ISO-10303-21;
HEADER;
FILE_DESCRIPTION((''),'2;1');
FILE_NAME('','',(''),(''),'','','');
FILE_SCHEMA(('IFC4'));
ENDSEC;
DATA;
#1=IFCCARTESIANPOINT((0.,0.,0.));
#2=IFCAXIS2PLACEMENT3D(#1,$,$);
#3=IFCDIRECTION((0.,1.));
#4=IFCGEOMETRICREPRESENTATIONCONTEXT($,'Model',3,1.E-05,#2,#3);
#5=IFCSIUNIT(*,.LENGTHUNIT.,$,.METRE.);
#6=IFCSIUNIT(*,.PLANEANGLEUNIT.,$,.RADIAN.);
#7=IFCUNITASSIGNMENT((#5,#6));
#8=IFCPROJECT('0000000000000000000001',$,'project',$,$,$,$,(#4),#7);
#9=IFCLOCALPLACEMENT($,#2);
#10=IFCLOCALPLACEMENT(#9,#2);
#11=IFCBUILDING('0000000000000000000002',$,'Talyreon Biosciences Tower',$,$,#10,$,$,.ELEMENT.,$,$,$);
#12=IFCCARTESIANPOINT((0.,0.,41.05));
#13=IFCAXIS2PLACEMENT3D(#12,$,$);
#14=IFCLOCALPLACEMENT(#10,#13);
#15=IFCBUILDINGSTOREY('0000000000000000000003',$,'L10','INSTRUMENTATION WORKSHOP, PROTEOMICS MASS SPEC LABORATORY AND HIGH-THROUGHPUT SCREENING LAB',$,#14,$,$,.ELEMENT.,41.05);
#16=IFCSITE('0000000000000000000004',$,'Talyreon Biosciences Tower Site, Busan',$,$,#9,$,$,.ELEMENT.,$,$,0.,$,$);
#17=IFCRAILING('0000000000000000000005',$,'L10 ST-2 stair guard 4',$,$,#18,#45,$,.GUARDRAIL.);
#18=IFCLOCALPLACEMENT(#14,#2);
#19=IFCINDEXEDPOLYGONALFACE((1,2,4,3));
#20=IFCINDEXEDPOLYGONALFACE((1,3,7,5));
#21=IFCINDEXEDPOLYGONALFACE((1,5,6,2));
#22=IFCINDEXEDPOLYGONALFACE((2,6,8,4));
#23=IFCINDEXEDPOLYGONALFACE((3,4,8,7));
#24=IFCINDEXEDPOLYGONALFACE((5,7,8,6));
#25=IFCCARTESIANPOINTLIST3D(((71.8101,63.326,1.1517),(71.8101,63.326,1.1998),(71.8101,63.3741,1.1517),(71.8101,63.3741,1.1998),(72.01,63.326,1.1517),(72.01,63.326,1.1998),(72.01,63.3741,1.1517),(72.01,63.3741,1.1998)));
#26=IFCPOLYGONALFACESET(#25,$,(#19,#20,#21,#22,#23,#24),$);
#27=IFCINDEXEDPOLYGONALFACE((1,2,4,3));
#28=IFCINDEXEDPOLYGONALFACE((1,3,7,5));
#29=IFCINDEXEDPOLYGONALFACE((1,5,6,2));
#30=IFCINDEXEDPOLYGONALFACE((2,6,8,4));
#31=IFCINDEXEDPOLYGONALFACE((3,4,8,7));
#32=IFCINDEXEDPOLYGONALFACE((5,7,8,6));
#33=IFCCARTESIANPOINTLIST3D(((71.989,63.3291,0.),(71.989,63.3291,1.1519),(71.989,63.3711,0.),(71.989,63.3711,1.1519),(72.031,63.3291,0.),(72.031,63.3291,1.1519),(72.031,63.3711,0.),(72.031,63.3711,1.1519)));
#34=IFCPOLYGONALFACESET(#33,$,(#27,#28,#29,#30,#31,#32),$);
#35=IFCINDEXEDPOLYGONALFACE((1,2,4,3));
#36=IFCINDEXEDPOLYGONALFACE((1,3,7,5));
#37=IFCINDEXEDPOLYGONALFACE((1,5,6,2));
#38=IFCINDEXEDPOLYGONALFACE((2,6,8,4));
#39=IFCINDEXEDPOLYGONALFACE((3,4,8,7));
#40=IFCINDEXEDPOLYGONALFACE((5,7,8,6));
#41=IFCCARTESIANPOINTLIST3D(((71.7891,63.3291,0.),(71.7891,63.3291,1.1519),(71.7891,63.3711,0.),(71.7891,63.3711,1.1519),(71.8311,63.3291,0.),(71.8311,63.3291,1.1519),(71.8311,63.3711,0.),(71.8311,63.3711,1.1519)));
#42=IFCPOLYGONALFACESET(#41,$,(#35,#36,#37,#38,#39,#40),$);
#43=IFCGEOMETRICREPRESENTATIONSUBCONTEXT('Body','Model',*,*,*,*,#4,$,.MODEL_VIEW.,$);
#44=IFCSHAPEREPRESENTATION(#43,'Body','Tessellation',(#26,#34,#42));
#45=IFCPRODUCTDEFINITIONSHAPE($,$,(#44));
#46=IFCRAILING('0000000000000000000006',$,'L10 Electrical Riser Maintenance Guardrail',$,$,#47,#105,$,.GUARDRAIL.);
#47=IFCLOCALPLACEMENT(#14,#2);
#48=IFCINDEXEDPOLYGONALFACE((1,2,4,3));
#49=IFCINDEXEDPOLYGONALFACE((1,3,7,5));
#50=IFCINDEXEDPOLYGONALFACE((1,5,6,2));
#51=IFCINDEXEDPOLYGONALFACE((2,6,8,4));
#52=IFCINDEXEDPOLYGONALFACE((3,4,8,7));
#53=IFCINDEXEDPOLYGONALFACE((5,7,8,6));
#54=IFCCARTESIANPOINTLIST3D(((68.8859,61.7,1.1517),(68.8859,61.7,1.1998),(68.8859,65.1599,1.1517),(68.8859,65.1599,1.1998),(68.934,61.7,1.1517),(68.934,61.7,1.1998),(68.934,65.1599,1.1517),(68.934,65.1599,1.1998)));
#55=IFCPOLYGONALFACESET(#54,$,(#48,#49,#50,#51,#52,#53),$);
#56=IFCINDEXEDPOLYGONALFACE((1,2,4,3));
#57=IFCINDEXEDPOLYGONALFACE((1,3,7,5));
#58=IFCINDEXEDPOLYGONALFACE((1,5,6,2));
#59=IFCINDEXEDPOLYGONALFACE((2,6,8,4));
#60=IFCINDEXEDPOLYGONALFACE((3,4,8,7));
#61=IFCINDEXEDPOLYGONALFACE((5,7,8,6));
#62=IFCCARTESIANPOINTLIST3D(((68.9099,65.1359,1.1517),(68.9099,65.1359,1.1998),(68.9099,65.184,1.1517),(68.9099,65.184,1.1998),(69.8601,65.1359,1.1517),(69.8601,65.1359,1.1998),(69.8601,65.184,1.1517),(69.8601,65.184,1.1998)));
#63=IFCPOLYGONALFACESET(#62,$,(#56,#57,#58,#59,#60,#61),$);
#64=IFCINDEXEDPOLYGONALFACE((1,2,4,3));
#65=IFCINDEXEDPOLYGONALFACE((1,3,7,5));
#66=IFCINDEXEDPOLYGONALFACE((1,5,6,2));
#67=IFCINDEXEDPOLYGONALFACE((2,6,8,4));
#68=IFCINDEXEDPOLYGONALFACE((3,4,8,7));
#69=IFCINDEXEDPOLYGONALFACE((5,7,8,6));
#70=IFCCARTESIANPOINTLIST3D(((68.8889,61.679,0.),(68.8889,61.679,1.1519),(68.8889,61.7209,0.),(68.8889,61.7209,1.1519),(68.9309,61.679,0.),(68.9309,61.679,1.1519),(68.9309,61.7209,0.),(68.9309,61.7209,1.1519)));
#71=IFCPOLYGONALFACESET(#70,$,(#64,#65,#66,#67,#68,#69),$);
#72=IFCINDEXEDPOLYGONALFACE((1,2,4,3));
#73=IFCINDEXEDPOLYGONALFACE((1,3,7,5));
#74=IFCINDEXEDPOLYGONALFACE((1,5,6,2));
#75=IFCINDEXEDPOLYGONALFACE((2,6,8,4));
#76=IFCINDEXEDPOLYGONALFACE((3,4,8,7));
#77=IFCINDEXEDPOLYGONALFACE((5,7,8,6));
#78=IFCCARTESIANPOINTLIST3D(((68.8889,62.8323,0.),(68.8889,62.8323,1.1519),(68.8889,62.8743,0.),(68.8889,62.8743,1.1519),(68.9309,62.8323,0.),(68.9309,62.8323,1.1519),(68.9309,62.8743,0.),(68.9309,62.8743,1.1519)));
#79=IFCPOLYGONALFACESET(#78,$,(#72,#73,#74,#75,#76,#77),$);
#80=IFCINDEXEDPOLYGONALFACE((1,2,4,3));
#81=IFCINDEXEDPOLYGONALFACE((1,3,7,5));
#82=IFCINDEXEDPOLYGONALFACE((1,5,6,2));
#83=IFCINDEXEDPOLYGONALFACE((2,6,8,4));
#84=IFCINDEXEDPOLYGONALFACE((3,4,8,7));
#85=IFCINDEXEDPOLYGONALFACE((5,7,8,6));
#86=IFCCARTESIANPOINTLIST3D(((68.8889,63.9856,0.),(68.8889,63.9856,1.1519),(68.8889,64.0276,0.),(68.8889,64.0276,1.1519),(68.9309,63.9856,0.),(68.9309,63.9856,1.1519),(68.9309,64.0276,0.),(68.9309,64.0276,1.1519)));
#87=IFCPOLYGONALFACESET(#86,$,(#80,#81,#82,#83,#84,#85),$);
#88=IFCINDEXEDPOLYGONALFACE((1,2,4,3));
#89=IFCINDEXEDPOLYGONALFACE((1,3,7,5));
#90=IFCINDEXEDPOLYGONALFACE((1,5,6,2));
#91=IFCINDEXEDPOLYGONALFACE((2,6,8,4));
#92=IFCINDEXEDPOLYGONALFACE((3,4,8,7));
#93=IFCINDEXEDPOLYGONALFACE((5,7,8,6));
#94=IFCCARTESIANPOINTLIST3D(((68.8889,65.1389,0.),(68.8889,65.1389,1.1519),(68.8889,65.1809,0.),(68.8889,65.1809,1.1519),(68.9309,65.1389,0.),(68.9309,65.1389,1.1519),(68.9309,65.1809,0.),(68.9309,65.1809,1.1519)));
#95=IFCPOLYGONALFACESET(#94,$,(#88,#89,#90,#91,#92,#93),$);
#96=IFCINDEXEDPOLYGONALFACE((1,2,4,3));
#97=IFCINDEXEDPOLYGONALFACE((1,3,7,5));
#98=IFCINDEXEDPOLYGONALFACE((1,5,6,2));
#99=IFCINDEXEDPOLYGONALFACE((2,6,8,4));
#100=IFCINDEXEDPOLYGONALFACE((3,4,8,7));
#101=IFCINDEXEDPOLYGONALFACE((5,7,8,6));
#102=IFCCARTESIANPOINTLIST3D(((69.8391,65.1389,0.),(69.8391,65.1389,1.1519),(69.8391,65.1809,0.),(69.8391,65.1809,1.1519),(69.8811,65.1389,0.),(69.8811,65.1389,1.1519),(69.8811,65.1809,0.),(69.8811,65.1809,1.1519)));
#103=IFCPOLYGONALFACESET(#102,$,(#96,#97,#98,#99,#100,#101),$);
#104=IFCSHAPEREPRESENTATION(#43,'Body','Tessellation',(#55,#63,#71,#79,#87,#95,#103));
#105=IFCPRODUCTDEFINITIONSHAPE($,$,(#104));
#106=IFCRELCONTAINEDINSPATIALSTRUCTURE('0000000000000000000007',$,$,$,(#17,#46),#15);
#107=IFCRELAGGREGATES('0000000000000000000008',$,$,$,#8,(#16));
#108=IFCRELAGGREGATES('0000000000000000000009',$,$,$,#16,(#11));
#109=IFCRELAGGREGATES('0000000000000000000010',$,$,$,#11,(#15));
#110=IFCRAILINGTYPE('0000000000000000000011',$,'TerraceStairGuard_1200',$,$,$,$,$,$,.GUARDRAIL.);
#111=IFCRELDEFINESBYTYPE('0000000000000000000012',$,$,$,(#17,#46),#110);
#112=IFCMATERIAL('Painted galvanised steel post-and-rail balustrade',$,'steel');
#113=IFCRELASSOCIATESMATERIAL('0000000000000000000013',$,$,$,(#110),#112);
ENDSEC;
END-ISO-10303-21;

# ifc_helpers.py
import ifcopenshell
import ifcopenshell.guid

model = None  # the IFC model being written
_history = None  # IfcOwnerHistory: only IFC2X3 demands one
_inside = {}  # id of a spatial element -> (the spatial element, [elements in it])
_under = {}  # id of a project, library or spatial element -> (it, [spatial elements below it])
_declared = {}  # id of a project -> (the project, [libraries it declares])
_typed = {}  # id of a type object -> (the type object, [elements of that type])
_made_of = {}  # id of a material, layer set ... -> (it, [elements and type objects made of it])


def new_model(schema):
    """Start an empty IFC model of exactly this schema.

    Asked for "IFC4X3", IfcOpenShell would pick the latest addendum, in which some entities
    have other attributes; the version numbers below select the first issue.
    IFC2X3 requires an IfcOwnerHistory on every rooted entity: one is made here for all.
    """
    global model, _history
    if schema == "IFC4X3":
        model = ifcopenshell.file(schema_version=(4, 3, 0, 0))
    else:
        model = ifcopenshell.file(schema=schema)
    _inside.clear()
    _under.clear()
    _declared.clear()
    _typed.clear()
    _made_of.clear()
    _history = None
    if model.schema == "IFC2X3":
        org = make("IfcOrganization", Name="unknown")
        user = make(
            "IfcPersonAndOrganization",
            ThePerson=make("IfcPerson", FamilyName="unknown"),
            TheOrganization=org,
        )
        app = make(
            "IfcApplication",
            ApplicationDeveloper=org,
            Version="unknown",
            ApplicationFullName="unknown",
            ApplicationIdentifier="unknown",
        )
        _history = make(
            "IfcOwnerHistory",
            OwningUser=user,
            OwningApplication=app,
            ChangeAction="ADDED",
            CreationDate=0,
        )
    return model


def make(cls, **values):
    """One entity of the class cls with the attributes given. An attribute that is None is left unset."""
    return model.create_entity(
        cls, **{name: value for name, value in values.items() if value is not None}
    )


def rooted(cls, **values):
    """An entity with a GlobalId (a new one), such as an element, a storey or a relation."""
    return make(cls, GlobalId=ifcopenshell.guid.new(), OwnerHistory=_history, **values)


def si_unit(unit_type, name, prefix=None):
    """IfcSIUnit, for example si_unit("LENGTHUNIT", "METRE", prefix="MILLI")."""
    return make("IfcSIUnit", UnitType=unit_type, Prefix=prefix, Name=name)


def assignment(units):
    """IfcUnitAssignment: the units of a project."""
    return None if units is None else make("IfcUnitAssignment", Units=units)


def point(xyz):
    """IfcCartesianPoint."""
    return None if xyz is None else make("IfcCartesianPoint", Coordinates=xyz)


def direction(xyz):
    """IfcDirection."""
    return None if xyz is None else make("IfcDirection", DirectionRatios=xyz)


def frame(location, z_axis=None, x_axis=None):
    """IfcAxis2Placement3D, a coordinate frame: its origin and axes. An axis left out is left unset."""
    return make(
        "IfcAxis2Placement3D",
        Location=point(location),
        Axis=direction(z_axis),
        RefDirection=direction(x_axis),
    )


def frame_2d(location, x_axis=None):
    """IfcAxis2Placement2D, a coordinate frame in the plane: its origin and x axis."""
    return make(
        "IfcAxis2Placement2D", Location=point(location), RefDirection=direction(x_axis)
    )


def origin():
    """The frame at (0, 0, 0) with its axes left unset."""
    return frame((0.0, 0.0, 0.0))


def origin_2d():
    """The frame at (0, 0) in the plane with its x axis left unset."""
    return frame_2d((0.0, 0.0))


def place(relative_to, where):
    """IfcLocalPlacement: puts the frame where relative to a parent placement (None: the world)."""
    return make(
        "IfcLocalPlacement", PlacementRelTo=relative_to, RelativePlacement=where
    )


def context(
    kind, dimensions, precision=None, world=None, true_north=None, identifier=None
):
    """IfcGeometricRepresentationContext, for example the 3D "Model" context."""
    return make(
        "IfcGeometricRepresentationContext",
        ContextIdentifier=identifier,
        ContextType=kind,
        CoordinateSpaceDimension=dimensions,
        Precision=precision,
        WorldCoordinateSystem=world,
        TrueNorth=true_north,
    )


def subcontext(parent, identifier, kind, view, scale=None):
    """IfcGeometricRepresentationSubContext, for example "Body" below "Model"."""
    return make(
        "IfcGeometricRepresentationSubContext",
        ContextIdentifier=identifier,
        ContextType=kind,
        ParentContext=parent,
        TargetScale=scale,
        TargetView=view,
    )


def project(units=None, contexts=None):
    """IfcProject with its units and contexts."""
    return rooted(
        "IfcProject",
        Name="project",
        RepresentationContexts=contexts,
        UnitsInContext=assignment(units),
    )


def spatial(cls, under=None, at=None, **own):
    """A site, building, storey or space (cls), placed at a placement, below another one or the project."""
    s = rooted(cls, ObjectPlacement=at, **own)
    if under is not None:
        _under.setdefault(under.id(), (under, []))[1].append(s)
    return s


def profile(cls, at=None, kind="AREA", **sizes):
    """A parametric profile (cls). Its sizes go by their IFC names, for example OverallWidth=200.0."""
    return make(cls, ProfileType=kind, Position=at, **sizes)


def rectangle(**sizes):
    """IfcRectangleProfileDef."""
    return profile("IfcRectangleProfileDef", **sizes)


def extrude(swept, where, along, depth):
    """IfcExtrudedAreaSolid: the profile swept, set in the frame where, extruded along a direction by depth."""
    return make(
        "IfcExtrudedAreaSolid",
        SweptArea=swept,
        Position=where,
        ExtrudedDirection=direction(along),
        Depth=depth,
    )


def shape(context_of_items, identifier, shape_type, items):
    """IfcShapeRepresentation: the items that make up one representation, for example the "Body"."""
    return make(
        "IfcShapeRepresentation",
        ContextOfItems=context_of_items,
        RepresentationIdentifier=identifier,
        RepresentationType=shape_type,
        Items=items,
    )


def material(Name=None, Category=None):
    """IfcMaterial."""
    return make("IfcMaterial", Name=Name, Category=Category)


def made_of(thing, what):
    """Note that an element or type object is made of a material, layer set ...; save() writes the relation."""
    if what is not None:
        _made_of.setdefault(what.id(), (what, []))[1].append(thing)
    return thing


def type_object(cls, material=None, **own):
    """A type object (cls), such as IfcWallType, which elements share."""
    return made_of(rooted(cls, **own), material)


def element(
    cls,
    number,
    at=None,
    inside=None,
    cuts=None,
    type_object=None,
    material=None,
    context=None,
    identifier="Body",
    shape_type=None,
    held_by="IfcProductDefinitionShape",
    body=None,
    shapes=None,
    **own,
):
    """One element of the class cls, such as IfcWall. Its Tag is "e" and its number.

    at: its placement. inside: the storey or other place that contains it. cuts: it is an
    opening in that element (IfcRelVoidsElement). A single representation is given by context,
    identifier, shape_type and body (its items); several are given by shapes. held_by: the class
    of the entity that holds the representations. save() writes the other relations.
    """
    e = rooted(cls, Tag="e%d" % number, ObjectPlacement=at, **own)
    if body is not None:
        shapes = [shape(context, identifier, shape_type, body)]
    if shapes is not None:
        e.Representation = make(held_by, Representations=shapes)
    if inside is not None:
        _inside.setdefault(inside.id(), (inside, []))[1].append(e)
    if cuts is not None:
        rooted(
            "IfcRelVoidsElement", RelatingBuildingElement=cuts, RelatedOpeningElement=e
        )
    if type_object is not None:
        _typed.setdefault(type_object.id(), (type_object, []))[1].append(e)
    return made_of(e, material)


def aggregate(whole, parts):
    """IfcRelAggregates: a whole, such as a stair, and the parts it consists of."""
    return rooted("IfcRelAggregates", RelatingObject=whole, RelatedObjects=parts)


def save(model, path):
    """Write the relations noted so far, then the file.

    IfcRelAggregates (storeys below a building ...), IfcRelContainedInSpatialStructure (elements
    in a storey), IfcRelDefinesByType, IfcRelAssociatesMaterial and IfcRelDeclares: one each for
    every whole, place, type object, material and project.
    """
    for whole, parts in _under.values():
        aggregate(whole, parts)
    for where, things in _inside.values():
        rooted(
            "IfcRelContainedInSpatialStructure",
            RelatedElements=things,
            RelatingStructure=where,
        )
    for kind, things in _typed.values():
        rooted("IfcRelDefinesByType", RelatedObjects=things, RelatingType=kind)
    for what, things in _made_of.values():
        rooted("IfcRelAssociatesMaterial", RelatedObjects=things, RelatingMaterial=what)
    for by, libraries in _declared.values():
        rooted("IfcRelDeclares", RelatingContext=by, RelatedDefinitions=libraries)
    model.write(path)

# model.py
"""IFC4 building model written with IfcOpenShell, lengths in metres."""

from ifc_helpers import new_model, si_unit, direction, frame, origin, origin_2d, place, context, subcontext, project, spatial, rectangle, extrude, material, type_object, element, save


model = new_model("IFC4")

# Units and contexts
model_context = context("Model", 3, precision=1e-05, world=origin(), true_north=direction((0.0, 1.0)))
body_context = subcontext(model_context, "Body", "Model", "MODEL_VIEW")
ifc_project = project(units=[si_unit("LENGTHUNIT", "METRE"), si_unit("PLANEANGLEUNIT", "RADIAN")], contexts=[model_context])

# Site, building, storey
site_placement = place(None, origin())
site = spatial("IfcSite", under=ifc_project, at=site_placement, Name="Talyreon Biosciences Tower Site, Busan", CompositionType="ELEMENT", RefElevation=0.0)
building_placement = place(site_placement, origin())
building = spatial("IfcBuilding", under=site, at=building_placement, Name="Talyreon Biosciences Tower", CompositionType="ELEMENT")
storey_placement = place(building_placement, frame((0.0, 0.0, 41.05)))
storey = spatial("IfcBuildingStorey", under=building, at=storey_placement, Name="L10", Description="INSTRUMENTATION WORKSHOP, PROTEOMICS MASS SPEC LABORATORY AND HIGH-THROUGHPUT SCREENING LAB", CompositionType="ELEMENT", Elevation=41.05)

# Railings
ifc_material_1 = material(Name="Painted galvanised steel post-and-rail balustrade", Category="steel")
railing_type_1 = type_object("IfcRailingType", Name="TerraceStairGuard_1200", PredefinedType="GUARDRAIL", material=ifc_material_1)
railing_1_placement = place(storey_placement, frame((72.01, 63.3501, 0.0)))
element("IfcRailing", 1, at=railing_1_placement, inside=storey, type_object=railing_type_1, Name="L10 ST-2 stair guard 4", PredefinedType="GUARDRAIL", context=body_context, shape_type="SweptSolid", body=[
    extrude(rectangle(XDim=0.0481, YDim=0.0481, at=origin_2d()), frame((0.0, 0.0, 1.1758), z_axis=(-1.0, 0.0, 0.0), x_axis=(0.0, -1.0, 0.0)), (0.0, 0.0, 1.0), 0.2),
    extrude(rectangle(XDim=0.042, YDim=0.042, at=origin_2d()), origin(), (0.0, 0.0, 1.0), 1.1519),
    extrude(rectangle(XDim=0.042, YDim=0.042, at=origin_2d()), frame((-0.2, 0.0, 0.0)), (0.0, 0.0, 1.0), 1.1519),
])
railing_2_placement = place(storey_placement, frame((68.9099, 61.7, 0.0)))
element("IfcRailing", 2, at=railing_2_placement, inside=storey, type_object=railing_type_1, Name="L10 Electrical Riser Maintenance Guardrail", PredefinedType="GUARDRAIL", context=body_context, shape_type="SweptSolid", body=[
    extrude(rectangle(XDim=0.0481, YDim=0.0481, at=origin_2d()), frame((0.0, 0.0, 1.1758), z_axis=(0.0, 1.0, 0.0), x_axis=(-1.0, 0.0, 0.0)), (0.0, 0.0, 1.0), 3.46),
    extrude(rectangle(XDim=0.0481, YDim=0.0481, at=origin_2d()), frame((0.0, 3.46, 1.1758), z_axis=(1.0, 0.0, 0.0), x_axis=(0.0, 1.0, 0.0)), (0.0, 0.0, 1.0), 0.9502),
    extrude(rectangle(XDim=0.042, YDim=0.042, at=origin_2d()), origin(), (0.0, 0.0, 1.0), 1.1519),
    extrude(rectangle(XDim=0.042, YDim=0.042, at=origin_2d()), frame((0.0, 1.1533, 0.0)), (0.0, 0.0, 1.0), 1.1519),
    extrude(rectangle(XDim=0.042, YDim=0.042, at=origin_2d()), frame((0.0, 2.3066, 0.0)), (0.0, 0.0, 1.0), 1.1519),
    extrude(rectangle(XDim=0.042, YDim=0.042, at=origin_2d()), frame((0.0, 3.46, 0.0)), (0.0, 0.0, 1.0), 1.1519),
    extrude(rectangle(XDim=0.042, YDim=0.042, at=origin_2d()), frame((0.9502, 3.46, 0.0)), (0.0, 0.0, 1.0), 1.1519),
])

save(model, "model.ifc")
